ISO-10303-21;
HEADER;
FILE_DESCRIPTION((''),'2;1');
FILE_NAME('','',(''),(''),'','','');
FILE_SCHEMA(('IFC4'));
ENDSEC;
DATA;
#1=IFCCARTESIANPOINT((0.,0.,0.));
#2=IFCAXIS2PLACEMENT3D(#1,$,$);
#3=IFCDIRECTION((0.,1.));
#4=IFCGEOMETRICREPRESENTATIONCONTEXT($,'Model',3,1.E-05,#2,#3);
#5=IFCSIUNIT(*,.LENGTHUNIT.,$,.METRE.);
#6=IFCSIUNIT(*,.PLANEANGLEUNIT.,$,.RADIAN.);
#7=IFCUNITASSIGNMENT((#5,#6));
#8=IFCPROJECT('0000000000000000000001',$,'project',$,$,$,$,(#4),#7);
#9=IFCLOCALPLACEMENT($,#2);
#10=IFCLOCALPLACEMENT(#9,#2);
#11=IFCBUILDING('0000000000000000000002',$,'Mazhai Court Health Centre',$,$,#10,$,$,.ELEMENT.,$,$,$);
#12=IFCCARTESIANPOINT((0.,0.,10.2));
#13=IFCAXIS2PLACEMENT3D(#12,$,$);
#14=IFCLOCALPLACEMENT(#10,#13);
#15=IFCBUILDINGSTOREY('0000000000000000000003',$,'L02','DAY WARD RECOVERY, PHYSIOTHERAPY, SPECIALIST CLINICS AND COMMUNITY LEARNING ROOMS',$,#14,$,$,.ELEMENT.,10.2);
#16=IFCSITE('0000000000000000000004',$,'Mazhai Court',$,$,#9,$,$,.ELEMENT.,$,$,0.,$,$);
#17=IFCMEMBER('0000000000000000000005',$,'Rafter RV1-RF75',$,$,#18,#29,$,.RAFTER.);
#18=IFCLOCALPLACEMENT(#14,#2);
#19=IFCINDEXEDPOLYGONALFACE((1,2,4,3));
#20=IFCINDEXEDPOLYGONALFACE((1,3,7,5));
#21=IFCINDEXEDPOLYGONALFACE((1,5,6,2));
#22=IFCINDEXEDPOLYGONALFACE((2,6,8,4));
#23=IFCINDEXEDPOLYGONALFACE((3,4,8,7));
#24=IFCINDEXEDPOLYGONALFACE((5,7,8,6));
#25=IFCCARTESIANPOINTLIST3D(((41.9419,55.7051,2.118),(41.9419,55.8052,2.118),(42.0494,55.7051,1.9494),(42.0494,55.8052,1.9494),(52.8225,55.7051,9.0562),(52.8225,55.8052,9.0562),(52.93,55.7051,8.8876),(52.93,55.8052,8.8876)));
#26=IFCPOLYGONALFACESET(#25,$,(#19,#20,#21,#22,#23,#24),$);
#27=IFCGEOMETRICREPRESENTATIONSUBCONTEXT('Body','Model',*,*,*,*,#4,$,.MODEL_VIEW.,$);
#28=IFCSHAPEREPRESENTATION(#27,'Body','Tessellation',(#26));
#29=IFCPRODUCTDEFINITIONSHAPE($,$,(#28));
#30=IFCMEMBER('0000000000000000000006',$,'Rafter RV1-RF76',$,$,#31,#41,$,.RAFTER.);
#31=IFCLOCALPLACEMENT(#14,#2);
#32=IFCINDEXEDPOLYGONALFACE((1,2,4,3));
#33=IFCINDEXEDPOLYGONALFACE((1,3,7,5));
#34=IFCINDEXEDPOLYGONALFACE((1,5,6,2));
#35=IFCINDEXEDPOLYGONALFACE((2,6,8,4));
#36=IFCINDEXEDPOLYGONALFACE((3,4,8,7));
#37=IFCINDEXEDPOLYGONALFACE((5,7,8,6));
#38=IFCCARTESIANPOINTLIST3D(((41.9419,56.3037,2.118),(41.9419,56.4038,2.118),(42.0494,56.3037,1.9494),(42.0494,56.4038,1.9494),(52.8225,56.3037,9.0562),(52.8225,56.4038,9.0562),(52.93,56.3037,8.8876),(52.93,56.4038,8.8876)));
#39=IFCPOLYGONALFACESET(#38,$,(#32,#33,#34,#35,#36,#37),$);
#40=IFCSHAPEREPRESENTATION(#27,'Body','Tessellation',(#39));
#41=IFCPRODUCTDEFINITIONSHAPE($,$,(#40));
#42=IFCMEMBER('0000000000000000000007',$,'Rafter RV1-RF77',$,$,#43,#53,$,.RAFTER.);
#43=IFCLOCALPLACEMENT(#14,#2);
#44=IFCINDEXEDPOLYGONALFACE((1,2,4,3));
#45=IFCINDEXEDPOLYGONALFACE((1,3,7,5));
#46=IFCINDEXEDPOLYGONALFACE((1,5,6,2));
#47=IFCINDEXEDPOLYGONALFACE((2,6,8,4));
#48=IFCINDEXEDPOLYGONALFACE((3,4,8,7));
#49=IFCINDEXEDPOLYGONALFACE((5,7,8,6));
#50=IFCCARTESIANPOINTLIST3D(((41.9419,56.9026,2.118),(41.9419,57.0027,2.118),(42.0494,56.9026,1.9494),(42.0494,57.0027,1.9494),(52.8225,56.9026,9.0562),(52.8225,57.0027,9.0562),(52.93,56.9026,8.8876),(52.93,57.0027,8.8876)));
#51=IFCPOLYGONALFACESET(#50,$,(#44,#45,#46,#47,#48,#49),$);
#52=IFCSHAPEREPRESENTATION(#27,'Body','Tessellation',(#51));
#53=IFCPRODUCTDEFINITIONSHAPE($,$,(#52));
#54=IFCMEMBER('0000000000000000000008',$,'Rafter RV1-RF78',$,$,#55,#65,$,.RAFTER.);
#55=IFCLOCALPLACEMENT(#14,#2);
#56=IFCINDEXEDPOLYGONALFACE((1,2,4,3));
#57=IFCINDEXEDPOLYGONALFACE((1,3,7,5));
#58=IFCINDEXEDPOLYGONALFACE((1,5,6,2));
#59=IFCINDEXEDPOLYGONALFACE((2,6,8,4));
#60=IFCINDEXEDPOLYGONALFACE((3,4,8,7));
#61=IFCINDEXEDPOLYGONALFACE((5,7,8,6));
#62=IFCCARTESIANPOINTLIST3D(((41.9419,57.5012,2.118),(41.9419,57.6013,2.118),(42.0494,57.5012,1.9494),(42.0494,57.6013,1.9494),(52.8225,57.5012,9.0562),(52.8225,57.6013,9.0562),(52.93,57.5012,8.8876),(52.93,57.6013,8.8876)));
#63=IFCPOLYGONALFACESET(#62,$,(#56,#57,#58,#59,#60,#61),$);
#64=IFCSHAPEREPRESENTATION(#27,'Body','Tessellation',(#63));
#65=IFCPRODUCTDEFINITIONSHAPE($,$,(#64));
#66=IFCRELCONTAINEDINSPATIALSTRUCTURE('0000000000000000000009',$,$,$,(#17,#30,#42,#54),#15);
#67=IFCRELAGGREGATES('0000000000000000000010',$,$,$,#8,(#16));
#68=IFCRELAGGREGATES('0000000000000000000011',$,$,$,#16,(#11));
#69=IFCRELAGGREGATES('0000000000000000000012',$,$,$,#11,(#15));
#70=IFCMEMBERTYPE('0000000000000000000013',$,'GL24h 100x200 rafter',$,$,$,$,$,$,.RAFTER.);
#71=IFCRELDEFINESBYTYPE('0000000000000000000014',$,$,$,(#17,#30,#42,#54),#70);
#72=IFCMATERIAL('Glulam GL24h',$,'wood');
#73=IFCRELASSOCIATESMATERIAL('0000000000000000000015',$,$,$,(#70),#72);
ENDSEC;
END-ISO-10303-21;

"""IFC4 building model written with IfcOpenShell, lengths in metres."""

from ifc_helpers import new_model, si_unit, direction, frame, origin, origin_2d, place, context, subcontext, project, spatial, rectangle, extrude, material, material_profile, profile_set, type_object, element, save


model = new_model("IFC4")

# Units and contexts
model_context = context("Model", 3, precision=1e-05, world=origin(), true_north=direction((0.0, 1.0)))
body_context = subcontext(model_context, "Body", "Model", "MODEL_VIEW")
ifc_project = project(units=[si_unit("LENGTHUNIT", "METRE"), si_unit("PLANEANGLEUNIT", "RADIAN")], contexts=[model_context])

# Site, building, storey
site_placement = place(None, origin())
site = spatial("IfcSite", under=ifc_project, at=site_placement, Name="Mazhai Court", CompositionType="ELEMENT", RefElevation=0.0)
building_placement = place(site_placement, origin())
building = spatial("IfcBuilding", under=site, at=building_placement, Name="Mazhai Court Health Centre", CompositionType="ELEMENT")
storey_placement = place(building_placement, frame((0.0, 0.0, 10.2)))
storey = spatial("IfcBuildingStorey", under=building, at=storey_placement, Name="L02", Description="DAY WARD RECOVERY, PHYSIOTHERAPY, SPECIALIST CLINICS AND COMMUNITY LEARNING ROOMS", CompositionType="ELEMENT", Elevation=10.2)

# Members
ifc_material = material(Name="Glulam GL24h", Category="wood")
ifc_material_profile = material_profile(ifc_material, rectangle(XDim=0.1001, YDim=0.2, at=origin_2d()), Name="GL24h 100x200")
ifc_profile_set = profile_set([ifc_material_profile], Name="Glulam GL24h")
member_type = type_object("IfcMemberType", Name="GL24h 100x200 rafter", PredefinedType="RAFTER", material=ifc_profile_set)
for number, where, z_axis, x_axis, name in (
    (1, (41.9956, 55.7551, 2.0337), (0.843163, 0.0, 0.537659), (0.0, 1.0, 0.0), "Rafter RV1-RF75"),
    (2, (41.9956, 56.3538, 2.0337), (0.843163, 0.0, 0.537659), (0.0, 1.0, 0.0), "Rafter RV1-RF76"),
    (3, (41.9956, 56.9526, 2.0337), (0.843163, 0.0, 0.537659), (0.0, 1.0, 0.0), "Rafter RV1-RF77"),
    (4, (41.9956, 57.5513, 2.0337), (0.843163, 0.0, 0.537659), (0.0, 1.0, 0.0), "Rafter RV1-RF78"),
):
    element("IfcMember", number, at=place(storey_placement, frame(where, z_axis=z_axis, x_axis=x_axis)), inside=storey, type_object=member_type, Name=name, PredefinedType="RAFTER", context=body_context, shape_type="SweptSolid", body=[
        extrude(rectangle(XDim=0.1001, YDim=0.2, at=origin_2d()), origin(), (0.0, 0.0, 1.0), 12.9045),
    ])

save(model, "model.ifc")
